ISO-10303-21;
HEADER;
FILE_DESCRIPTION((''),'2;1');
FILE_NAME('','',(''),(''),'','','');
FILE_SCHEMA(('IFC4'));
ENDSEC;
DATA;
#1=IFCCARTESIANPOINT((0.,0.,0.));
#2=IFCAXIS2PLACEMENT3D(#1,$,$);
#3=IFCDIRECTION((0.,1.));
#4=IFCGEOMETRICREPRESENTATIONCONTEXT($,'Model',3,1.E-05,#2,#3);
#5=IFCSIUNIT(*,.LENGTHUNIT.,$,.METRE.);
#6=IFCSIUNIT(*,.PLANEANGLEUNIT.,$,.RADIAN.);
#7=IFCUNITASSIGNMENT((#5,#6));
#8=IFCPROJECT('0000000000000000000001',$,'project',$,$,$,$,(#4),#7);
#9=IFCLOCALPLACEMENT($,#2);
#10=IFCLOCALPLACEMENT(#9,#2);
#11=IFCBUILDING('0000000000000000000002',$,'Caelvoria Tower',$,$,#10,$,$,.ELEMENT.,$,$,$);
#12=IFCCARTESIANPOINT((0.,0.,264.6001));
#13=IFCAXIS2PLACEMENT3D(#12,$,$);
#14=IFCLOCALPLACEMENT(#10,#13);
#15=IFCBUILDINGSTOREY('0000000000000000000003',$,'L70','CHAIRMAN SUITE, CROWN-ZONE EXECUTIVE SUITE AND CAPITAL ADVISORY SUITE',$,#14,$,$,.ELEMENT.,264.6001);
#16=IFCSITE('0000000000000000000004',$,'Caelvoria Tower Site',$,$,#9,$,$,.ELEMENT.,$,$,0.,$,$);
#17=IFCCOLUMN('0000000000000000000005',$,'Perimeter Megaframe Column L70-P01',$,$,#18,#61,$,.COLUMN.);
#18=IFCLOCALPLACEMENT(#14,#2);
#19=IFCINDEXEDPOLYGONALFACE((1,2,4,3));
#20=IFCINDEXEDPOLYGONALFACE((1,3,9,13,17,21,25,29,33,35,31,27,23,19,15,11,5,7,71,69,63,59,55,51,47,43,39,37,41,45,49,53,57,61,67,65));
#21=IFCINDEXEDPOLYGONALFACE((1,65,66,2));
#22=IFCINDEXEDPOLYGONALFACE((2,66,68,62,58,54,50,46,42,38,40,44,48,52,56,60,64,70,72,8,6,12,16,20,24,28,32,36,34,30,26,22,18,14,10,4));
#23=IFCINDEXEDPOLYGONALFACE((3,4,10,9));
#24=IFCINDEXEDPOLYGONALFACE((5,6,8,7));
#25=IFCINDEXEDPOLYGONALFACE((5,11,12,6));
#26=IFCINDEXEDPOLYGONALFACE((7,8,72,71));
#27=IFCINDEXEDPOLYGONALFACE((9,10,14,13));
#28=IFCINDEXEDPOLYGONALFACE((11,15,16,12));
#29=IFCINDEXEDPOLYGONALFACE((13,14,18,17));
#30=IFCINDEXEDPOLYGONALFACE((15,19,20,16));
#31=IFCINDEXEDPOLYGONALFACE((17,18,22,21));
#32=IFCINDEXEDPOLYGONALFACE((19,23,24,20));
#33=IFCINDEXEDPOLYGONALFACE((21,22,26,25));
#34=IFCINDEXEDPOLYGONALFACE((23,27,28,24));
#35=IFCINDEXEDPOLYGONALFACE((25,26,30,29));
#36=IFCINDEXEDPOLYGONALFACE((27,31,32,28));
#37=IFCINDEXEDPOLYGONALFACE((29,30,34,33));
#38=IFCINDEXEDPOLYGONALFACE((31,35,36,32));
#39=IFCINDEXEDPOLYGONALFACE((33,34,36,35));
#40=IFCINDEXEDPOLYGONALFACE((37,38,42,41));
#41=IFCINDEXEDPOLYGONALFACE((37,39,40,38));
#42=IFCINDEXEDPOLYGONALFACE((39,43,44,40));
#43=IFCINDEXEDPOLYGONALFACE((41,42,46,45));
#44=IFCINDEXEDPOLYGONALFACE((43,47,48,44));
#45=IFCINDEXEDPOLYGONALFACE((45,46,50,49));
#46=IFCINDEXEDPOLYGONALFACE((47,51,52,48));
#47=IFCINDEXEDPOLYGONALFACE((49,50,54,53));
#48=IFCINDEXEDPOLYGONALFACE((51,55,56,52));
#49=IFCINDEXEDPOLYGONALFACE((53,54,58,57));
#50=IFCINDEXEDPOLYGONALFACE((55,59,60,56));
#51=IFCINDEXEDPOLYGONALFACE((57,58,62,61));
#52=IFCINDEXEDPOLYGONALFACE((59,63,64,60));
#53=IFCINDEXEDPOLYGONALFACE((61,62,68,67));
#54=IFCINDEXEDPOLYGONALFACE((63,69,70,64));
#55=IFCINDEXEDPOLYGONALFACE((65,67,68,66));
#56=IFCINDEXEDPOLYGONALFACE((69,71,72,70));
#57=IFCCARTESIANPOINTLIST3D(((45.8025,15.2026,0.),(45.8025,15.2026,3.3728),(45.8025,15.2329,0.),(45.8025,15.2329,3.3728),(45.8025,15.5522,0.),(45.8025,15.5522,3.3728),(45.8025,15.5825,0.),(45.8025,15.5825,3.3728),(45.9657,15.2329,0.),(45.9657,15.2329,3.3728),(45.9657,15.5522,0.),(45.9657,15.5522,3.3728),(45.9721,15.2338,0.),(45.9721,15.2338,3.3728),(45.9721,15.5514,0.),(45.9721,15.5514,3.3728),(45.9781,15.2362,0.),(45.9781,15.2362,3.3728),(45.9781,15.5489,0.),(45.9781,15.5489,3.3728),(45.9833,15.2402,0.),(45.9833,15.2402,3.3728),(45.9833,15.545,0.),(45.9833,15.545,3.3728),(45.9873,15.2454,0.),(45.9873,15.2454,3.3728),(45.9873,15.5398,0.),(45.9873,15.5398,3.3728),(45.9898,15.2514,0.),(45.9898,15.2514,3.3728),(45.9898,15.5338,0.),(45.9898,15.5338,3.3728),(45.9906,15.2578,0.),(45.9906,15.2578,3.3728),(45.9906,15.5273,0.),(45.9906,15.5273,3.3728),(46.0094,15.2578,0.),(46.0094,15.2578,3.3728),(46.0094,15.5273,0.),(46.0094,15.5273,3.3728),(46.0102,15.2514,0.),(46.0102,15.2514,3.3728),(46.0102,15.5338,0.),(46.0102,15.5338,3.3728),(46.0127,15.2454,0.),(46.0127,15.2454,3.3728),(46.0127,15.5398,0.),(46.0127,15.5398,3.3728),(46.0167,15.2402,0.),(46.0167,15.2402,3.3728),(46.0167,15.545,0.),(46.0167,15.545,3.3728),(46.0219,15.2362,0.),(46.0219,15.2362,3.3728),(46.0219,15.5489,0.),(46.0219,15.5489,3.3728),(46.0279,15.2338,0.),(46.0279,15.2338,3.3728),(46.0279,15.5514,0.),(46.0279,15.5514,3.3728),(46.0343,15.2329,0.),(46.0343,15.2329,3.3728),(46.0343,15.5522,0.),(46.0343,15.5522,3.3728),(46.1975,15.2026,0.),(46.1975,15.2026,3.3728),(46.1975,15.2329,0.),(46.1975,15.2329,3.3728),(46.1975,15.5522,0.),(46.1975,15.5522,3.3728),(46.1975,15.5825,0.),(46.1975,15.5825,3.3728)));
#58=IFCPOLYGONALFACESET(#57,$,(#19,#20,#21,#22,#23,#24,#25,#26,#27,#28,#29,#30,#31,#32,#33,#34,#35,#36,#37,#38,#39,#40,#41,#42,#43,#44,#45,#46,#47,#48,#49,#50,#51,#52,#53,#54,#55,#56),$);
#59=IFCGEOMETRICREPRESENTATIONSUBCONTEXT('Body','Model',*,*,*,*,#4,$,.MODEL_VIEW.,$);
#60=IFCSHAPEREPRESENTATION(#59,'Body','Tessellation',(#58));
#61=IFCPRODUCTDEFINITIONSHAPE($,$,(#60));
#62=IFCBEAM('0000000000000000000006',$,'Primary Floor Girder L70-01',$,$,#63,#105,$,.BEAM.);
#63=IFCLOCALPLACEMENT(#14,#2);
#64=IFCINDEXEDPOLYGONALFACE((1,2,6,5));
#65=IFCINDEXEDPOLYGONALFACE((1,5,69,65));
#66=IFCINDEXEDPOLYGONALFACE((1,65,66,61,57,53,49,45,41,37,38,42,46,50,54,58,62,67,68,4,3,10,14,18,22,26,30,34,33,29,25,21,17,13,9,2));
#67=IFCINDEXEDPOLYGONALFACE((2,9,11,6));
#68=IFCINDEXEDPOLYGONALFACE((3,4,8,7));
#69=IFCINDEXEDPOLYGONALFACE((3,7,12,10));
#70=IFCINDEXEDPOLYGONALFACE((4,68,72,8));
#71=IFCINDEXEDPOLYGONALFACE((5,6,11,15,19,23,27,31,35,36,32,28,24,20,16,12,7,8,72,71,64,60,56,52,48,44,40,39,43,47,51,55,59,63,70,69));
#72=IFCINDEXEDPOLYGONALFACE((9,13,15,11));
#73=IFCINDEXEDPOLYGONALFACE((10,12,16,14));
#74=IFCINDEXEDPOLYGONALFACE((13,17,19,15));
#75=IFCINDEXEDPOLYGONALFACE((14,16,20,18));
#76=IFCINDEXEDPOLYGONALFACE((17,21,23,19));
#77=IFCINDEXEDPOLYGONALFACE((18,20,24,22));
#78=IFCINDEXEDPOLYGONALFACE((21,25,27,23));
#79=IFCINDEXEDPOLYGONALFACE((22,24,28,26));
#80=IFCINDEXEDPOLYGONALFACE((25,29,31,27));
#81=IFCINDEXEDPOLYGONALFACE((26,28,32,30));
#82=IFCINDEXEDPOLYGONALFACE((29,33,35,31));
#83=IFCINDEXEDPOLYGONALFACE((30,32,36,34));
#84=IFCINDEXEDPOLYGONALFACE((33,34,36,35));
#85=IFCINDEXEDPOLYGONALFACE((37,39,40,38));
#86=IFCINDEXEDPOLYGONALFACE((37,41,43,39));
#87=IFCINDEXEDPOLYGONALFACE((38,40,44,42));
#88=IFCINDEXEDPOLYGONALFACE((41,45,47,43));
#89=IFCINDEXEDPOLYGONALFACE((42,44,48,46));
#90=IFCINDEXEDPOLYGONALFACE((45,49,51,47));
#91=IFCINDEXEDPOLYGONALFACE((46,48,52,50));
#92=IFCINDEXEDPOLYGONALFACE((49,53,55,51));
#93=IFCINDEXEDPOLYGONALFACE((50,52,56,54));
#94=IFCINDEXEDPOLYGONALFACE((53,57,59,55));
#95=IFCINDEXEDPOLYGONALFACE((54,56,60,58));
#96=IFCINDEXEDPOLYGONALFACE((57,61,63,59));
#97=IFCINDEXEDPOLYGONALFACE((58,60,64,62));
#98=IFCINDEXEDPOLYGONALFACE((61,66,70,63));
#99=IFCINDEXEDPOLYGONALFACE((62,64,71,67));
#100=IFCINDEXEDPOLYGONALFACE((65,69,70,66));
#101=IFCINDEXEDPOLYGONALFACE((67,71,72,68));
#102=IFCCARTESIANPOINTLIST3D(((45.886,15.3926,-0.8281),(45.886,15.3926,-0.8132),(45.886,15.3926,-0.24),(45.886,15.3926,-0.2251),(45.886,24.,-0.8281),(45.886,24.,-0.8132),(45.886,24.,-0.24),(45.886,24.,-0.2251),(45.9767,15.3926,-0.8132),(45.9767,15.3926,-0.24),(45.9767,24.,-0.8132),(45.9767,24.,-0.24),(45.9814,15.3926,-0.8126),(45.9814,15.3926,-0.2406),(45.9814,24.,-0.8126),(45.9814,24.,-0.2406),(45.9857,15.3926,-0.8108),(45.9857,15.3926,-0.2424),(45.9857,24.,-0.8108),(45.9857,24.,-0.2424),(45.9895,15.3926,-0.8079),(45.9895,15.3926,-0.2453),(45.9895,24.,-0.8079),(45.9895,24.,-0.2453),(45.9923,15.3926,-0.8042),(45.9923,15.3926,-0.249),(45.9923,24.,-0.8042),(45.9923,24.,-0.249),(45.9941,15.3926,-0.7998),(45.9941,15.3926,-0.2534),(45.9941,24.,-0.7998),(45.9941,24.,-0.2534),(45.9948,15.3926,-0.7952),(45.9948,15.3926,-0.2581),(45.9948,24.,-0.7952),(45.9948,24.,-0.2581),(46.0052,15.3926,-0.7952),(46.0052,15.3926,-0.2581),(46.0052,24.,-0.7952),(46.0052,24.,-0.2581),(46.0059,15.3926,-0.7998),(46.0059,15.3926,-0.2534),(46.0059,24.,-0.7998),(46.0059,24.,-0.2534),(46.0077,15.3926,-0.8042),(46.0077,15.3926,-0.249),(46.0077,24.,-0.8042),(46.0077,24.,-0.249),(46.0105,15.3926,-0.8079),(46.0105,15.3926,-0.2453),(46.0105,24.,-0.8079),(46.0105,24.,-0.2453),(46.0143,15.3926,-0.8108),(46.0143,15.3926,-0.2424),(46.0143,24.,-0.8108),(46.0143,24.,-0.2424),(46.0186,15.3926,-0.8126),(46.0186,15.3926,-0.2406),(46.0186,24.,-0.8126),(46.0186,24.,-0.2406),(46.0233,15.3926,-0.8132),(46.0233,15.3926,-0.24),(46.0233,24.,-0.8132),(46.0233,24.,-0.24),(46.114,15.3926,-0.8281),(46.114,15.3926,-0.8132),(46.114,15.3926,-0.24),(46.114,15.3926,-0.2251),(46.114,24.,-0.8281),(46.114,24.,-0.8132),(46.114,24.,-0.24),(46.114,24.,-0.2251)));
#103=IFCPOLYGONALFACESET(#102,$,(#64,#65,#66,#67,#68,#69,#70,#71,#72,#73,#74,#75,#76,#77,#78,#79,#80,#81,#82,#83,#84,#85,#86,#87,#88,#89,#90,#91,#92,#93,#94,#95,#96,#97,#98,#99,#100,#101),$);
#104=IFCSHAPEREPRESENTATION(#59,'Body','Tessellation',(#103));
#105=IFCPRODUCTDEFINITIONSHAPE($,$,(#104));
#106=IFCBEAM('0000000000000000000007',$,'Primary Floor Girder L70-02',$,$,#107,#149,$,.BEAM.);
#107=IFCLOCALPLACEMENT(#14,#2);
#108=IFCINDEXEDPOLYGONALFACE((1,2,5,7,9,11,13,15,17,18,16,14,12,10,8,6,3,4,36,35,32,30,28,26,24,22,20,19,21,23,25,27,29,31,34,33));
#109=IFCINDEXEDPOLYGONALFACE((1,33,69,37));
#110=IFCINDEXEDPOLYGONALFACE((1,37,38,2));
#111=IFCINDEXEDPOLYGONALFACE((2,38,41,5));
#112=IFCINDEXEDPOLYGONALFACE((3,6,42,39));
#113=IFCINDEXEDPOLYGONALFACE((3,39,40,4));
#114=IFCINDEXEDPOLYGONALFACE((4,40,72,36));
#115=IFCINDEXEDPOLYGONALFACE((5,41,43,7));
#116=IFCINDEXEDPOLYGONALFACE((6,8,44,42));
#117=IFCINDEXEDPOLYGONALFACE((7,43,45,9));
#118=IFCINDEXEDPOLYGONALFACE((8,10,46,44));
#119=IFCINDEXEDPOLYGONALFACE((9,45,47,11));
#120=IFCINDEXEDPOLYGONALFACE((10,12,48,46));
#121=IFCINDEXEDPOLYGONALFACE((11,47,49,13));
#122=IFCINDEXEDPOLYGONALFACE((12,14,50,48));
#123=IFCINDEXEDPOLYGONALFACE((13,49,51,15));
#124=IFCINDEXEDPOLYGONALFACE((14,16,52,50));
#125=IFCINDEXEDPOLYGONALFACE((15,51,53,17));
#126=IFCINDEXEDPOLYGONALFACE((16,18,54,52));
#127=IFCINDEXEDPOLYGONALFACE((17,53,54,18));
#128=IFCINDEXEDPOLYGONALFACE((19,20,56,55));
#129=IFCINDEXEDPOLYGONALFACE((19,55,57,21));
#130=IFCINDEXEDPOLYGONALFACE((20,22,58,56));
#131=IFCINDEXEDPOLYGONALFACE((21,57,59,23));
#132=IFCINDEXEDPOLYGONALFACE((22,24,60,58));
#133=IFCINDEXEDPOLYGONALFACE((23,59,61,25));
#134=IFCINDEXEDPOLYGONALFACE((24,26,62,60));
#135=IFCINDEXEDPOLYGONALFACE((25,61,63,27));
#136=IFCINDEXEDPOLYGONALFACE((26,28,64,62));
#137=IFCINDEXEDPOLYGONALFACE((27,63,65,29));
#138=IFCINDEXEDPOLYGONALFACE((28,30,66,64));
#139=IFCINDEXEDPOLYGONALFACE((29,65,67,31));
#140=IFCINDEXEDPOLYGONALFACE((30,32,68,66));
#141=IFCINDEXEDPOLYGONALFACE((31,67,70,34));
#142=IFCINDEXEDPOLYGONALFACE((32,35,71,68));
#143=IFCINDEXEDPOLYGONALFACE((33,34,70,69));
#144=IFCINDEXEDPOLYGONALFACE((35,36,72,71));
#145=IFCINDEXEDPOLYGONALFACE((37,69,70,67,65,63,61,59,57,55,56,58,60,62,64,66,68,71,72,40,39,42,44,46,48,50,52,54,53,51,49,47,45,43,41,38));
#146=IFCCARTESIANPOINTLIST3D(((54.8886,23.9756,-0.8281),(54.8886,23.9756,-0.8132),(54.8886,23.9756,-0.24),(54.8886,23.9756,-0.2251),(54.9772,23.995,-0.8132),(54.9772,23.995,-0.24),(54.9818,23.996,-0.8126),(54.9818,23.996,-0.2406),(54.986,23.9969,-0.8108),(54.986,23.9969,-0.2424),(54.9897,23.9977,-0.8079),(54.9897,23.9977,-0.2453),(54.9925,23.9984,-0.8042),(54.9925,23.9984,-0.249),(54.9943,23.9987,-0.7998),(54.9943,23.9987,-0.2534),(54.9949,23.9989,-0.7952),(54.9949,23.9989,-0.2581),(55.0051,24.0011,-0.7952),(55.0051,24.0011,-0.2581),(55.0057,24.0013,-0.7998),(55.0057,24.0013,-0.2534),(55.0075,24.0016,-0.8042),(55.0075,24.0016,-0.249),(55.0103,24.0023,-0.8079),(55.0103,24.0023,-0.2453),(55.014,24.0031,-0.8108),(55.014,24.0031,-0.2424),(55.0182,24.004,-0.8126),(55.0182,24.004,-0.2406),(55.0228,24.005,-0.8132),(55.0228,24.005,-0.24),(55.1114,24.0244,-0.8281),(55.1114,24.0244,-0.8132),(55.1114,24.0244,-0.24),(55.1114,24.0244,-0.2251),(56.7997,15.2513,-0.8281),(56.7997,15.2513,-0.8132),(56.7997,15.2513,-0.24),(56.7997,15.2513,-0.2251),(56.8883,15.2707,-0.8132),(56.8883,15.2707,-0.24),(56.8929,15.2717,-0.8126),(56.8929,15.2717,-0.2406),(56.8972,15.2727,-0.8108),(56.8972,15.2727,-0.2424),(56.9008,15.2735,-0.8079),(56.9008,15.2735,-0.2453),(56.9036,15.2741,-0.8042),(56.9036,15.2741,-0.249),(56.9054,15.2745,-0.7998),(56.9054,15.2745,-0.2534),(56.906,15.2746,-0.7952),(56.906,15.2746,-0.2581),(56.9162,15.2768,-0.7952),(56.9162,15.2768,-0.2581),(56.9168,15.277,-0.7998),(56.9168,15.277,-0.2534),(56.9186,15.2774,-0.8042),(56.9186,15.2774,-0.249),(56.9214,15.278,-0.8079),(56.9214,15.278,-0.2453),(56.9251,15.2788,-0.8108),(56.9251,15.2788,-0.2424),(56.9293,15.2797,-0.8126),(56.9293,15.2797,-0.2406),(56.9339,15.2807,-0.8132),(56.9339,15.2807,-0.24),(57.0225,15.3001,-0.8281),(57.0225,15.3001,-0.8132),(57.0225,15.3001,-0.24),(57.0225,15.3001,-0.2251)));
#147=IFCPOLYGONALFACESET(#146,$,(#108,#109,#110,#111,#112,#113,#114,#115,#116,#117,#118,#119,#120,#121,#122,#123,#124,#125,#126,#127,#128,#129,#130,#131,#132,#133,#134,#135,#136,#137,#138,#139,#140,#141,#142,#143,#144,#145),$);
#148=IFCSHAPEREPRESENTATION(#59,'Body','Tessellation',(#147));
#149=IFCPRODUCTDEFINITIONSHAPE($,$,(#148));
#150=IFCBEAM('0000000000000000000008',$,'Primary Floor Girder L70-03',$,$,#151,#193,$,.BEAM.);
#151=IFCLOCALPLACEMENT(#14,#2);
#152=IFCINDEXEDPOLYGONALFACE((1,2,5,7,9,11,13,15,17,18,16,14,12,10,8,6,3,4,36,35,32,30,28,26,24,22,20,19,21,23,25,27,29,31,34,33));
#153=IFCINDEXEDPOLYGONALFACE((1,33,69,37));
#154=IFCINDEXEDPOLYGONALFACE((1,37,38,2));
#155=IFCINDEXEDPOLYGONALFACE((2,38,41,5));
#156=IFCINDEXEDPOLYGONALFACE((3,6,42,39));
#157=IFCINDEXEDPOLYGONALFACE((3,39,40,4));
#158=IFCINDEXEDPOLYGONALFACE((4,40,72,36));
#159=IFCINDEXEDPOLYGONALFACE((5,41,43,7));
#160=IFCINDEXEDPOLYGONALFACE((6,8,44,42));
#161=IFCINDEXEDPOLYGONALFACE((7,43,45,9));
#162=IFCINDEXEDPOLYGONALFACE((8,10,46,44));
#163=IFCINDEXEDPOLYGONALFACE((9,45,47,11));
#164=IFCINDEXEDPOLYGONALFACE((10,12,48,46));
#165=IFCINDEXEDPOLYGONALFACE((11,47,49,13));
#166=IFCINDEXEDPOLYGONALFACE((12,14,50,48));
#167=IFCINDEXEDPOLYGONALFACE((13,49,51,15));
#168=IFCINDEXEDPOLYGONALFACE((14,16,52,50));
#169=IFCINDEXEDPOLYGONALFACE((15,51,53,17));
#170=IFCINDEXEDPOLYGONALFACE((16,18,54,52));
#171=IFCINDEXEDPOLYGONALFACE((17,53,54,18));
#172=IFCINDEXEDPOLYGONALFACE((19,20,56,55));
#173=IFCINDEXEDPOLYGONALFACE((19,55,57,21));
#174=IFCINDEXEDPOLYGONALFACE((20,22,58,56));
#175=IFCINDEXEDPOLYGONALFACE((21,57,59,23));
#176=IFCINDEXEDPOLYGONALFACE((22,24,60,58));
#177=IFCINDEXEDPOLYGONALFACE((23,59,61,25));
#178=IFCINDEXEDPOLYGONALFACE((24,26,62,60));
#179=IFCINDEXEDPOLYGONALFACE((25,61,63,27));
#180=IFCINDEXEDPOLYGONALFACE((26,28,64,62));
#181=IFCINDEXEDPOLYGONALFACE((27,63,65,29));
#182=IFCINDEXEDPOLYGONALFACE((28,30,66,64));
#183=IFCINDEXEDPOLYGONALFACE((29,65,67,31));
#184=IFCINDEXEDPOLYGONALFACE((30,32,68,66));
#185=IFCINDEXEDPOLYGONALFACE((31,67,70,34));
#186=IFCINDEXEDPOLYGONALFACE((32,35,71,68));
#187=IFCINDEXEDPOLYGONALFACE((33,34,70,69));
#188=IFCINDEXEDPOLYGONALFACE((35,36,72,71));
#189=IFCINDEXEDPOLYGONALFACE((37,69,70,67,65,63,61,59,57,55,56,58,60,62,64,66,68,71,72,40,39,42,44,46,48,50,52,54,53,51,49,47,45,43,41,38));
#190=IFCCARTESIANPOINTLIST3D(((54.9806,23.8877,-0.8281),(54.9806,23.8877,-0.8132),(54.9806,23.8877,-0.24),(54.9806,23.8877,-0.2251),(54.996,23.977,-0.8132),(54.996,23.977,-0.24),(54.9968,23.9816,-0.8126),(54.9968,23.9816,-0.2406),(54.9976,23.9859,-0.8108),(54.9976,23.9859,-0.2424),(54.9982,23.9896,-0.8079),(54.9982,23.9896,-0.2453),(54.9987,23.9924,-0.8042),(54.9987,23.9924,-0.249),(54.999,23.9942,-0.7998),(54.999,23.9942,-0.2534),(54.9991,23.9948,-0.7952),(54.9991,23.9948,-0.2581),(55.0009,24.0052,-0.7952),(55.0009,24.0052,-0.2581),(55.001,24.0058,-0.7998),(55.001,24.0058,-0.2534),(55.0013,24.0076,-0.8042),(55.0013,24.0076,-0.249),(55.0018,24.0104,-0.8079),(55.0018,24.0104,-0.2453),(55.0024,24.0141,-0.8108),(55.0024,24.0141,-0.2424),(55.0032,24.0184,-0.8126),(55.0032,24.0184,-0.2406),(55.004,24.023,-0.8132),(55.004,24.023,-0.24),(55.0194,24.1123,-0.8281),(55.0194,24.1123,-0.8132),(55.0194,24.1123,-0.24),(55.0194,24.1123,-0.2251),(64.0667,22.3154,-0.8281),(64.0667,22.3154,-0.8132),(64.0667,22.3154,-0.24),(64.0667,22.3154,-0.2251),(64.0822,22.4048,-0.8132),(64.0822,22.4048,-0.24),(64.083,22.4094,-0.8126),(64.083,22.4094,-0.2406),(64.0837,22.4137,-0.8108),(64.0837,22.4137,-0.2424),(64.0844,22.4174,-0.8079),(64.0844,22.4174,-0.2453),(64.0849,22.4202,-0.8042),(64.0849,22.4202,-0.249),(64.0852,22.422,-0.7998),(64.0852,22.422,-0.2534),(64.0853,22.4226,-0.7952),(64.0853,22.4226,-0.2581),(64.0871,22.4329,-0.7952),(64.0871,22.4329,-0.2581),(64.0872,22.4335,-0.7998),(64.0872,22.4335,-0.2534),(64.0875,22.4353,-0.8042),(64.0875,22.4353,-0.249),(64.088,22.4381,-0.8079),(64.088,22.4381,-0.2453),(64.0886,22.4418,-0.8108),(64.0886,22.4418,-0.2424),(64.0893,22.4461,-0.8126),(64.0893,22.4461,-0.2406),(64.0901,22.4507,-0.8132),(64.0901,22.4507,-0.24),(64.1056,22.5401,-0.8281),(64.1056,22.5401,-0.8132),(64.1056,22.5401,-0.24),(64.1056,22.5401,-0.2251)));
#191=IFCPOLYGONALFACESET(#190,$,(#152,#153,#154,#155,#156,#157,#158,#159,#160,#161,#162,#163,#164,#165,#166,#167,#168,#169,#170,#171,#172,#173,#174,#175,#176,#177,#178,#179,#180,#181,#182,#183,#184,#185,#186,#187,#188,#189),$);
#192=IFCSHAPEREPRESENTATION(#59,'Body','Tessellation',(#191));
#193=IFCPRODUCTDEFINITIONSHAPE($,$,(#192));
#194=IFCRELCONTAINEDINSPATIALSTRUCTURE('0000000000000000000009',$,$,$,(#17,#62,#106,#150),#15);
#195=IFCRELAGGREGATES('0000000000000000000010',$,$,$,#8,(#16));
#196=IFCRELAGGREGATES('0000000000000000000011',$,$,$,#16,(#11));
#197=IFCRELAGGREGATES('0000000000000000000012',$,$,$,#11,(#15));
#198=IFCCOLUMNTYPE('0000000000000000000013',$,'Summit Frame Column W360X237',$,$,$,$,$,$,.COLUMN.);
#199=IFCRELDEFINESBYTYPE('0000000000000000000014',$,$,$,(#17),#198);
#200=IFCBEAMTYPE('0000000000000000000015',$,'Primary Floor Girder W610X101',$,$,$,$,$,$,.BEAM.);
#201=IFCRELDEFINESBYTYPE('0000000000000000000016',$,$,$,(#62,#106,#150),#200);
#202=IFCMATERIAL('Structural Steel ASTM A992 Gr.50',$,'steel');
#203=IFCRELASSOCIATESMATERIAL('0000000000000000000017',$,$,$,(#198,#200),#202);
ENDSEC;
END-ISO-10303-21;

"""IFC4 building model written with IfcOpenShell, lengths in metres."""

from ifc_helpers import new_model, si_unit, direction, frame, origin, origin_2d, place, context, subcontext, project, spatial, i_section, extrude, material, material_profile, profile_set, type_object, element, save


model = new_model("IFC4")

# Units and contexts
model_context = context("Model", 3, precision=1e-05, world=origin(), true_north=direction((0.0, 1.0)))
body_context = subcontext(model_context, "Body", "Model", "MODEL_VIEW")
ifc_project = project(units=[si_unit("LENGTHUNIT", "METRE"), si_unit("PLANEANGLEUNIT", "RADIAN")], contexts=[model_context])

# Site, building, storey
site_placement = place(None, origin())
site = spatial("IfcSite", under=ifc_project, at=site_placement, Name="Caelvoria Tower Site", CompositionType="ELEMENT", RefElevation=0.0)
building_placement = place(site_placement, origin())
building = spatial("IfcBuilding", under=site, at=building_placement, Name="Caelvoria Tower", CompositionType="ELEMENT")
storey_placement = place(building_placement, frame((0.0, 0.0, 264.6001)))
storey = spatial("IfcBuildingStorey", under=building, at=storey_placement, Name="L70", Description="CHAIRMAN SUITE, CROWN-ZONE EXECUTIVE SUITE AND CAPITAL ADVISORY SUITE", CompositionType="ELEMENT", Elevation=264.6001)

# Column
ifc_material_1 = material(Name="Structural Steel ASTM A992 Gr.50", Category="steel")
ifc_material_profile_1 = material_profile(ifc_material_1, i_section(OverallWidth=0.395, OverallDepth=0.3799, WebThickness=0.0188, FlangeThickness=0.0303, FilletRadius=0.0249, at=origin_2d()), Name="Structural Steel ASTM A992 Gr.50")
ifc_profile_set_1 = profile_set([ifc_material_profile_1], Name="W360X237 - Structural Steel ASTM A992 Gr.50")
column_type = type_object("IfcColumnType", Name="Summit Frame Column W360X237", PredefinedType="COLUMN", material=ifc_profile_set_1)
column_placement = place(storey_placement, frame((46.0, 15.3926, 0.0), z_axis=(0.0, 0.0, 1.0), x_axis=(1.0, 0.0, 0.0)))
element("IfcColumn", 1, at=column_placement, inside=storey, type_object=column_type, Name="Perimeter Megaframe Column L70-P01", PredefinedType="COLUMN", context=body_context, shape_type="SweptSolid", body=[
    extrude(i_section(OverallWidth=0.395, OverallDepth=0.3799, WebThickness=0.0188, FlangeThickness=0.0303, FilletRadius=0.0249, at=origin_2d()), origin(), (0.0, 0.0, 1.0), 3.3728),
])

# Beams
ifc_material_profile_2 = material_profile(ifc_material_1, i_section(OverallWidth=0.228, OverallDepth=0.603, WebThickness=0.0105, FlangeThickness=0.0149, FilletRadius=0.0181, at=origin_2d()), Name="Structural Steel ASTM A992 Gr.50")
ifc_profile_set_2 = profile_set([ifc_material_profile_2], Name="W610X101 - Structural Steel ASTM A992 Gr.50")
beam_type_1 = type_object("IfcBeamType", Name="Primary Floor Girder W610X101", PredefinedType="BEAM", material=ifc_profile_set_2)
beam_1_placement = place(storey_placement, frame((46.0, 24.0, -0.5266), z_axis=(0.0, -1.0, 0.0), x_axis=(1.0, 0.0, 0.0)))
element("IfcBeam", 2, at=beam_1_placement, inside=storey, type_object=beam_type_1, Name="Primary Floor Girder L70-01", PredefinedType="BEAM", context=body_context, shape_type="SweptSolid", body=[
    extrude(i_section(OverallWidth=0.228, OverallDepth=0.603, WebThickness=0.0105, FlangeThickness=0.0149, FilletRadius=0.0181, at=origin_2d()), origin(), (0.0, 0.0, 1.0), 8.6074),
])
beam_2_placement = place(storey_placement, frame((55.0, 24.0, -0.5266), z_axis=(0.213983, -0.976837, 0.0), x_axis=(0.976837, 0.213983, 0.0)))
element("IfcBeam", 3, at=beam_2_placement, inside=storey, type_object=beam_type_1, Name="Primary Floor Girder L70-02", PredefinedType="BEAM", context=body_context, shape_type="SweptSolid", body=[
    extrude(i_section(OverallWidth=0.228, OverallDepth=0.603, WebThickness=0.0105, FlangeThickness=0.0149, FilletRadius=0.0181, at=origin_2d()), origin(), (0.0, 0.0, 1.0), 8.9312),
])
beam_3_placement = place(storey_placement, frame((55.0, 24.0, -0.5266), z_axis=(0.985357, -0.170505, 0.0), x_axis=(0.170505, 0.985357, 0.0)))
element("IfcBeam", 4, at=beam_3_placement, inside=storey, type_object=beam_type_1, Name="Primary Floor Girder L70-03", PredefinedType="BEAM", context=body_context, shape_type="SweptSolid", body=[
    extrude(i_section(OverallWidth=0.228, OverallDepth=0.603, WebThickness=0.0105, FlangeThickness=0.0149, FilletRadius=0.0181, at=origin_2d()), origin(), (0.0, 0.0, 1.0), 9.2212),
])

save(model, "model.ifc")
